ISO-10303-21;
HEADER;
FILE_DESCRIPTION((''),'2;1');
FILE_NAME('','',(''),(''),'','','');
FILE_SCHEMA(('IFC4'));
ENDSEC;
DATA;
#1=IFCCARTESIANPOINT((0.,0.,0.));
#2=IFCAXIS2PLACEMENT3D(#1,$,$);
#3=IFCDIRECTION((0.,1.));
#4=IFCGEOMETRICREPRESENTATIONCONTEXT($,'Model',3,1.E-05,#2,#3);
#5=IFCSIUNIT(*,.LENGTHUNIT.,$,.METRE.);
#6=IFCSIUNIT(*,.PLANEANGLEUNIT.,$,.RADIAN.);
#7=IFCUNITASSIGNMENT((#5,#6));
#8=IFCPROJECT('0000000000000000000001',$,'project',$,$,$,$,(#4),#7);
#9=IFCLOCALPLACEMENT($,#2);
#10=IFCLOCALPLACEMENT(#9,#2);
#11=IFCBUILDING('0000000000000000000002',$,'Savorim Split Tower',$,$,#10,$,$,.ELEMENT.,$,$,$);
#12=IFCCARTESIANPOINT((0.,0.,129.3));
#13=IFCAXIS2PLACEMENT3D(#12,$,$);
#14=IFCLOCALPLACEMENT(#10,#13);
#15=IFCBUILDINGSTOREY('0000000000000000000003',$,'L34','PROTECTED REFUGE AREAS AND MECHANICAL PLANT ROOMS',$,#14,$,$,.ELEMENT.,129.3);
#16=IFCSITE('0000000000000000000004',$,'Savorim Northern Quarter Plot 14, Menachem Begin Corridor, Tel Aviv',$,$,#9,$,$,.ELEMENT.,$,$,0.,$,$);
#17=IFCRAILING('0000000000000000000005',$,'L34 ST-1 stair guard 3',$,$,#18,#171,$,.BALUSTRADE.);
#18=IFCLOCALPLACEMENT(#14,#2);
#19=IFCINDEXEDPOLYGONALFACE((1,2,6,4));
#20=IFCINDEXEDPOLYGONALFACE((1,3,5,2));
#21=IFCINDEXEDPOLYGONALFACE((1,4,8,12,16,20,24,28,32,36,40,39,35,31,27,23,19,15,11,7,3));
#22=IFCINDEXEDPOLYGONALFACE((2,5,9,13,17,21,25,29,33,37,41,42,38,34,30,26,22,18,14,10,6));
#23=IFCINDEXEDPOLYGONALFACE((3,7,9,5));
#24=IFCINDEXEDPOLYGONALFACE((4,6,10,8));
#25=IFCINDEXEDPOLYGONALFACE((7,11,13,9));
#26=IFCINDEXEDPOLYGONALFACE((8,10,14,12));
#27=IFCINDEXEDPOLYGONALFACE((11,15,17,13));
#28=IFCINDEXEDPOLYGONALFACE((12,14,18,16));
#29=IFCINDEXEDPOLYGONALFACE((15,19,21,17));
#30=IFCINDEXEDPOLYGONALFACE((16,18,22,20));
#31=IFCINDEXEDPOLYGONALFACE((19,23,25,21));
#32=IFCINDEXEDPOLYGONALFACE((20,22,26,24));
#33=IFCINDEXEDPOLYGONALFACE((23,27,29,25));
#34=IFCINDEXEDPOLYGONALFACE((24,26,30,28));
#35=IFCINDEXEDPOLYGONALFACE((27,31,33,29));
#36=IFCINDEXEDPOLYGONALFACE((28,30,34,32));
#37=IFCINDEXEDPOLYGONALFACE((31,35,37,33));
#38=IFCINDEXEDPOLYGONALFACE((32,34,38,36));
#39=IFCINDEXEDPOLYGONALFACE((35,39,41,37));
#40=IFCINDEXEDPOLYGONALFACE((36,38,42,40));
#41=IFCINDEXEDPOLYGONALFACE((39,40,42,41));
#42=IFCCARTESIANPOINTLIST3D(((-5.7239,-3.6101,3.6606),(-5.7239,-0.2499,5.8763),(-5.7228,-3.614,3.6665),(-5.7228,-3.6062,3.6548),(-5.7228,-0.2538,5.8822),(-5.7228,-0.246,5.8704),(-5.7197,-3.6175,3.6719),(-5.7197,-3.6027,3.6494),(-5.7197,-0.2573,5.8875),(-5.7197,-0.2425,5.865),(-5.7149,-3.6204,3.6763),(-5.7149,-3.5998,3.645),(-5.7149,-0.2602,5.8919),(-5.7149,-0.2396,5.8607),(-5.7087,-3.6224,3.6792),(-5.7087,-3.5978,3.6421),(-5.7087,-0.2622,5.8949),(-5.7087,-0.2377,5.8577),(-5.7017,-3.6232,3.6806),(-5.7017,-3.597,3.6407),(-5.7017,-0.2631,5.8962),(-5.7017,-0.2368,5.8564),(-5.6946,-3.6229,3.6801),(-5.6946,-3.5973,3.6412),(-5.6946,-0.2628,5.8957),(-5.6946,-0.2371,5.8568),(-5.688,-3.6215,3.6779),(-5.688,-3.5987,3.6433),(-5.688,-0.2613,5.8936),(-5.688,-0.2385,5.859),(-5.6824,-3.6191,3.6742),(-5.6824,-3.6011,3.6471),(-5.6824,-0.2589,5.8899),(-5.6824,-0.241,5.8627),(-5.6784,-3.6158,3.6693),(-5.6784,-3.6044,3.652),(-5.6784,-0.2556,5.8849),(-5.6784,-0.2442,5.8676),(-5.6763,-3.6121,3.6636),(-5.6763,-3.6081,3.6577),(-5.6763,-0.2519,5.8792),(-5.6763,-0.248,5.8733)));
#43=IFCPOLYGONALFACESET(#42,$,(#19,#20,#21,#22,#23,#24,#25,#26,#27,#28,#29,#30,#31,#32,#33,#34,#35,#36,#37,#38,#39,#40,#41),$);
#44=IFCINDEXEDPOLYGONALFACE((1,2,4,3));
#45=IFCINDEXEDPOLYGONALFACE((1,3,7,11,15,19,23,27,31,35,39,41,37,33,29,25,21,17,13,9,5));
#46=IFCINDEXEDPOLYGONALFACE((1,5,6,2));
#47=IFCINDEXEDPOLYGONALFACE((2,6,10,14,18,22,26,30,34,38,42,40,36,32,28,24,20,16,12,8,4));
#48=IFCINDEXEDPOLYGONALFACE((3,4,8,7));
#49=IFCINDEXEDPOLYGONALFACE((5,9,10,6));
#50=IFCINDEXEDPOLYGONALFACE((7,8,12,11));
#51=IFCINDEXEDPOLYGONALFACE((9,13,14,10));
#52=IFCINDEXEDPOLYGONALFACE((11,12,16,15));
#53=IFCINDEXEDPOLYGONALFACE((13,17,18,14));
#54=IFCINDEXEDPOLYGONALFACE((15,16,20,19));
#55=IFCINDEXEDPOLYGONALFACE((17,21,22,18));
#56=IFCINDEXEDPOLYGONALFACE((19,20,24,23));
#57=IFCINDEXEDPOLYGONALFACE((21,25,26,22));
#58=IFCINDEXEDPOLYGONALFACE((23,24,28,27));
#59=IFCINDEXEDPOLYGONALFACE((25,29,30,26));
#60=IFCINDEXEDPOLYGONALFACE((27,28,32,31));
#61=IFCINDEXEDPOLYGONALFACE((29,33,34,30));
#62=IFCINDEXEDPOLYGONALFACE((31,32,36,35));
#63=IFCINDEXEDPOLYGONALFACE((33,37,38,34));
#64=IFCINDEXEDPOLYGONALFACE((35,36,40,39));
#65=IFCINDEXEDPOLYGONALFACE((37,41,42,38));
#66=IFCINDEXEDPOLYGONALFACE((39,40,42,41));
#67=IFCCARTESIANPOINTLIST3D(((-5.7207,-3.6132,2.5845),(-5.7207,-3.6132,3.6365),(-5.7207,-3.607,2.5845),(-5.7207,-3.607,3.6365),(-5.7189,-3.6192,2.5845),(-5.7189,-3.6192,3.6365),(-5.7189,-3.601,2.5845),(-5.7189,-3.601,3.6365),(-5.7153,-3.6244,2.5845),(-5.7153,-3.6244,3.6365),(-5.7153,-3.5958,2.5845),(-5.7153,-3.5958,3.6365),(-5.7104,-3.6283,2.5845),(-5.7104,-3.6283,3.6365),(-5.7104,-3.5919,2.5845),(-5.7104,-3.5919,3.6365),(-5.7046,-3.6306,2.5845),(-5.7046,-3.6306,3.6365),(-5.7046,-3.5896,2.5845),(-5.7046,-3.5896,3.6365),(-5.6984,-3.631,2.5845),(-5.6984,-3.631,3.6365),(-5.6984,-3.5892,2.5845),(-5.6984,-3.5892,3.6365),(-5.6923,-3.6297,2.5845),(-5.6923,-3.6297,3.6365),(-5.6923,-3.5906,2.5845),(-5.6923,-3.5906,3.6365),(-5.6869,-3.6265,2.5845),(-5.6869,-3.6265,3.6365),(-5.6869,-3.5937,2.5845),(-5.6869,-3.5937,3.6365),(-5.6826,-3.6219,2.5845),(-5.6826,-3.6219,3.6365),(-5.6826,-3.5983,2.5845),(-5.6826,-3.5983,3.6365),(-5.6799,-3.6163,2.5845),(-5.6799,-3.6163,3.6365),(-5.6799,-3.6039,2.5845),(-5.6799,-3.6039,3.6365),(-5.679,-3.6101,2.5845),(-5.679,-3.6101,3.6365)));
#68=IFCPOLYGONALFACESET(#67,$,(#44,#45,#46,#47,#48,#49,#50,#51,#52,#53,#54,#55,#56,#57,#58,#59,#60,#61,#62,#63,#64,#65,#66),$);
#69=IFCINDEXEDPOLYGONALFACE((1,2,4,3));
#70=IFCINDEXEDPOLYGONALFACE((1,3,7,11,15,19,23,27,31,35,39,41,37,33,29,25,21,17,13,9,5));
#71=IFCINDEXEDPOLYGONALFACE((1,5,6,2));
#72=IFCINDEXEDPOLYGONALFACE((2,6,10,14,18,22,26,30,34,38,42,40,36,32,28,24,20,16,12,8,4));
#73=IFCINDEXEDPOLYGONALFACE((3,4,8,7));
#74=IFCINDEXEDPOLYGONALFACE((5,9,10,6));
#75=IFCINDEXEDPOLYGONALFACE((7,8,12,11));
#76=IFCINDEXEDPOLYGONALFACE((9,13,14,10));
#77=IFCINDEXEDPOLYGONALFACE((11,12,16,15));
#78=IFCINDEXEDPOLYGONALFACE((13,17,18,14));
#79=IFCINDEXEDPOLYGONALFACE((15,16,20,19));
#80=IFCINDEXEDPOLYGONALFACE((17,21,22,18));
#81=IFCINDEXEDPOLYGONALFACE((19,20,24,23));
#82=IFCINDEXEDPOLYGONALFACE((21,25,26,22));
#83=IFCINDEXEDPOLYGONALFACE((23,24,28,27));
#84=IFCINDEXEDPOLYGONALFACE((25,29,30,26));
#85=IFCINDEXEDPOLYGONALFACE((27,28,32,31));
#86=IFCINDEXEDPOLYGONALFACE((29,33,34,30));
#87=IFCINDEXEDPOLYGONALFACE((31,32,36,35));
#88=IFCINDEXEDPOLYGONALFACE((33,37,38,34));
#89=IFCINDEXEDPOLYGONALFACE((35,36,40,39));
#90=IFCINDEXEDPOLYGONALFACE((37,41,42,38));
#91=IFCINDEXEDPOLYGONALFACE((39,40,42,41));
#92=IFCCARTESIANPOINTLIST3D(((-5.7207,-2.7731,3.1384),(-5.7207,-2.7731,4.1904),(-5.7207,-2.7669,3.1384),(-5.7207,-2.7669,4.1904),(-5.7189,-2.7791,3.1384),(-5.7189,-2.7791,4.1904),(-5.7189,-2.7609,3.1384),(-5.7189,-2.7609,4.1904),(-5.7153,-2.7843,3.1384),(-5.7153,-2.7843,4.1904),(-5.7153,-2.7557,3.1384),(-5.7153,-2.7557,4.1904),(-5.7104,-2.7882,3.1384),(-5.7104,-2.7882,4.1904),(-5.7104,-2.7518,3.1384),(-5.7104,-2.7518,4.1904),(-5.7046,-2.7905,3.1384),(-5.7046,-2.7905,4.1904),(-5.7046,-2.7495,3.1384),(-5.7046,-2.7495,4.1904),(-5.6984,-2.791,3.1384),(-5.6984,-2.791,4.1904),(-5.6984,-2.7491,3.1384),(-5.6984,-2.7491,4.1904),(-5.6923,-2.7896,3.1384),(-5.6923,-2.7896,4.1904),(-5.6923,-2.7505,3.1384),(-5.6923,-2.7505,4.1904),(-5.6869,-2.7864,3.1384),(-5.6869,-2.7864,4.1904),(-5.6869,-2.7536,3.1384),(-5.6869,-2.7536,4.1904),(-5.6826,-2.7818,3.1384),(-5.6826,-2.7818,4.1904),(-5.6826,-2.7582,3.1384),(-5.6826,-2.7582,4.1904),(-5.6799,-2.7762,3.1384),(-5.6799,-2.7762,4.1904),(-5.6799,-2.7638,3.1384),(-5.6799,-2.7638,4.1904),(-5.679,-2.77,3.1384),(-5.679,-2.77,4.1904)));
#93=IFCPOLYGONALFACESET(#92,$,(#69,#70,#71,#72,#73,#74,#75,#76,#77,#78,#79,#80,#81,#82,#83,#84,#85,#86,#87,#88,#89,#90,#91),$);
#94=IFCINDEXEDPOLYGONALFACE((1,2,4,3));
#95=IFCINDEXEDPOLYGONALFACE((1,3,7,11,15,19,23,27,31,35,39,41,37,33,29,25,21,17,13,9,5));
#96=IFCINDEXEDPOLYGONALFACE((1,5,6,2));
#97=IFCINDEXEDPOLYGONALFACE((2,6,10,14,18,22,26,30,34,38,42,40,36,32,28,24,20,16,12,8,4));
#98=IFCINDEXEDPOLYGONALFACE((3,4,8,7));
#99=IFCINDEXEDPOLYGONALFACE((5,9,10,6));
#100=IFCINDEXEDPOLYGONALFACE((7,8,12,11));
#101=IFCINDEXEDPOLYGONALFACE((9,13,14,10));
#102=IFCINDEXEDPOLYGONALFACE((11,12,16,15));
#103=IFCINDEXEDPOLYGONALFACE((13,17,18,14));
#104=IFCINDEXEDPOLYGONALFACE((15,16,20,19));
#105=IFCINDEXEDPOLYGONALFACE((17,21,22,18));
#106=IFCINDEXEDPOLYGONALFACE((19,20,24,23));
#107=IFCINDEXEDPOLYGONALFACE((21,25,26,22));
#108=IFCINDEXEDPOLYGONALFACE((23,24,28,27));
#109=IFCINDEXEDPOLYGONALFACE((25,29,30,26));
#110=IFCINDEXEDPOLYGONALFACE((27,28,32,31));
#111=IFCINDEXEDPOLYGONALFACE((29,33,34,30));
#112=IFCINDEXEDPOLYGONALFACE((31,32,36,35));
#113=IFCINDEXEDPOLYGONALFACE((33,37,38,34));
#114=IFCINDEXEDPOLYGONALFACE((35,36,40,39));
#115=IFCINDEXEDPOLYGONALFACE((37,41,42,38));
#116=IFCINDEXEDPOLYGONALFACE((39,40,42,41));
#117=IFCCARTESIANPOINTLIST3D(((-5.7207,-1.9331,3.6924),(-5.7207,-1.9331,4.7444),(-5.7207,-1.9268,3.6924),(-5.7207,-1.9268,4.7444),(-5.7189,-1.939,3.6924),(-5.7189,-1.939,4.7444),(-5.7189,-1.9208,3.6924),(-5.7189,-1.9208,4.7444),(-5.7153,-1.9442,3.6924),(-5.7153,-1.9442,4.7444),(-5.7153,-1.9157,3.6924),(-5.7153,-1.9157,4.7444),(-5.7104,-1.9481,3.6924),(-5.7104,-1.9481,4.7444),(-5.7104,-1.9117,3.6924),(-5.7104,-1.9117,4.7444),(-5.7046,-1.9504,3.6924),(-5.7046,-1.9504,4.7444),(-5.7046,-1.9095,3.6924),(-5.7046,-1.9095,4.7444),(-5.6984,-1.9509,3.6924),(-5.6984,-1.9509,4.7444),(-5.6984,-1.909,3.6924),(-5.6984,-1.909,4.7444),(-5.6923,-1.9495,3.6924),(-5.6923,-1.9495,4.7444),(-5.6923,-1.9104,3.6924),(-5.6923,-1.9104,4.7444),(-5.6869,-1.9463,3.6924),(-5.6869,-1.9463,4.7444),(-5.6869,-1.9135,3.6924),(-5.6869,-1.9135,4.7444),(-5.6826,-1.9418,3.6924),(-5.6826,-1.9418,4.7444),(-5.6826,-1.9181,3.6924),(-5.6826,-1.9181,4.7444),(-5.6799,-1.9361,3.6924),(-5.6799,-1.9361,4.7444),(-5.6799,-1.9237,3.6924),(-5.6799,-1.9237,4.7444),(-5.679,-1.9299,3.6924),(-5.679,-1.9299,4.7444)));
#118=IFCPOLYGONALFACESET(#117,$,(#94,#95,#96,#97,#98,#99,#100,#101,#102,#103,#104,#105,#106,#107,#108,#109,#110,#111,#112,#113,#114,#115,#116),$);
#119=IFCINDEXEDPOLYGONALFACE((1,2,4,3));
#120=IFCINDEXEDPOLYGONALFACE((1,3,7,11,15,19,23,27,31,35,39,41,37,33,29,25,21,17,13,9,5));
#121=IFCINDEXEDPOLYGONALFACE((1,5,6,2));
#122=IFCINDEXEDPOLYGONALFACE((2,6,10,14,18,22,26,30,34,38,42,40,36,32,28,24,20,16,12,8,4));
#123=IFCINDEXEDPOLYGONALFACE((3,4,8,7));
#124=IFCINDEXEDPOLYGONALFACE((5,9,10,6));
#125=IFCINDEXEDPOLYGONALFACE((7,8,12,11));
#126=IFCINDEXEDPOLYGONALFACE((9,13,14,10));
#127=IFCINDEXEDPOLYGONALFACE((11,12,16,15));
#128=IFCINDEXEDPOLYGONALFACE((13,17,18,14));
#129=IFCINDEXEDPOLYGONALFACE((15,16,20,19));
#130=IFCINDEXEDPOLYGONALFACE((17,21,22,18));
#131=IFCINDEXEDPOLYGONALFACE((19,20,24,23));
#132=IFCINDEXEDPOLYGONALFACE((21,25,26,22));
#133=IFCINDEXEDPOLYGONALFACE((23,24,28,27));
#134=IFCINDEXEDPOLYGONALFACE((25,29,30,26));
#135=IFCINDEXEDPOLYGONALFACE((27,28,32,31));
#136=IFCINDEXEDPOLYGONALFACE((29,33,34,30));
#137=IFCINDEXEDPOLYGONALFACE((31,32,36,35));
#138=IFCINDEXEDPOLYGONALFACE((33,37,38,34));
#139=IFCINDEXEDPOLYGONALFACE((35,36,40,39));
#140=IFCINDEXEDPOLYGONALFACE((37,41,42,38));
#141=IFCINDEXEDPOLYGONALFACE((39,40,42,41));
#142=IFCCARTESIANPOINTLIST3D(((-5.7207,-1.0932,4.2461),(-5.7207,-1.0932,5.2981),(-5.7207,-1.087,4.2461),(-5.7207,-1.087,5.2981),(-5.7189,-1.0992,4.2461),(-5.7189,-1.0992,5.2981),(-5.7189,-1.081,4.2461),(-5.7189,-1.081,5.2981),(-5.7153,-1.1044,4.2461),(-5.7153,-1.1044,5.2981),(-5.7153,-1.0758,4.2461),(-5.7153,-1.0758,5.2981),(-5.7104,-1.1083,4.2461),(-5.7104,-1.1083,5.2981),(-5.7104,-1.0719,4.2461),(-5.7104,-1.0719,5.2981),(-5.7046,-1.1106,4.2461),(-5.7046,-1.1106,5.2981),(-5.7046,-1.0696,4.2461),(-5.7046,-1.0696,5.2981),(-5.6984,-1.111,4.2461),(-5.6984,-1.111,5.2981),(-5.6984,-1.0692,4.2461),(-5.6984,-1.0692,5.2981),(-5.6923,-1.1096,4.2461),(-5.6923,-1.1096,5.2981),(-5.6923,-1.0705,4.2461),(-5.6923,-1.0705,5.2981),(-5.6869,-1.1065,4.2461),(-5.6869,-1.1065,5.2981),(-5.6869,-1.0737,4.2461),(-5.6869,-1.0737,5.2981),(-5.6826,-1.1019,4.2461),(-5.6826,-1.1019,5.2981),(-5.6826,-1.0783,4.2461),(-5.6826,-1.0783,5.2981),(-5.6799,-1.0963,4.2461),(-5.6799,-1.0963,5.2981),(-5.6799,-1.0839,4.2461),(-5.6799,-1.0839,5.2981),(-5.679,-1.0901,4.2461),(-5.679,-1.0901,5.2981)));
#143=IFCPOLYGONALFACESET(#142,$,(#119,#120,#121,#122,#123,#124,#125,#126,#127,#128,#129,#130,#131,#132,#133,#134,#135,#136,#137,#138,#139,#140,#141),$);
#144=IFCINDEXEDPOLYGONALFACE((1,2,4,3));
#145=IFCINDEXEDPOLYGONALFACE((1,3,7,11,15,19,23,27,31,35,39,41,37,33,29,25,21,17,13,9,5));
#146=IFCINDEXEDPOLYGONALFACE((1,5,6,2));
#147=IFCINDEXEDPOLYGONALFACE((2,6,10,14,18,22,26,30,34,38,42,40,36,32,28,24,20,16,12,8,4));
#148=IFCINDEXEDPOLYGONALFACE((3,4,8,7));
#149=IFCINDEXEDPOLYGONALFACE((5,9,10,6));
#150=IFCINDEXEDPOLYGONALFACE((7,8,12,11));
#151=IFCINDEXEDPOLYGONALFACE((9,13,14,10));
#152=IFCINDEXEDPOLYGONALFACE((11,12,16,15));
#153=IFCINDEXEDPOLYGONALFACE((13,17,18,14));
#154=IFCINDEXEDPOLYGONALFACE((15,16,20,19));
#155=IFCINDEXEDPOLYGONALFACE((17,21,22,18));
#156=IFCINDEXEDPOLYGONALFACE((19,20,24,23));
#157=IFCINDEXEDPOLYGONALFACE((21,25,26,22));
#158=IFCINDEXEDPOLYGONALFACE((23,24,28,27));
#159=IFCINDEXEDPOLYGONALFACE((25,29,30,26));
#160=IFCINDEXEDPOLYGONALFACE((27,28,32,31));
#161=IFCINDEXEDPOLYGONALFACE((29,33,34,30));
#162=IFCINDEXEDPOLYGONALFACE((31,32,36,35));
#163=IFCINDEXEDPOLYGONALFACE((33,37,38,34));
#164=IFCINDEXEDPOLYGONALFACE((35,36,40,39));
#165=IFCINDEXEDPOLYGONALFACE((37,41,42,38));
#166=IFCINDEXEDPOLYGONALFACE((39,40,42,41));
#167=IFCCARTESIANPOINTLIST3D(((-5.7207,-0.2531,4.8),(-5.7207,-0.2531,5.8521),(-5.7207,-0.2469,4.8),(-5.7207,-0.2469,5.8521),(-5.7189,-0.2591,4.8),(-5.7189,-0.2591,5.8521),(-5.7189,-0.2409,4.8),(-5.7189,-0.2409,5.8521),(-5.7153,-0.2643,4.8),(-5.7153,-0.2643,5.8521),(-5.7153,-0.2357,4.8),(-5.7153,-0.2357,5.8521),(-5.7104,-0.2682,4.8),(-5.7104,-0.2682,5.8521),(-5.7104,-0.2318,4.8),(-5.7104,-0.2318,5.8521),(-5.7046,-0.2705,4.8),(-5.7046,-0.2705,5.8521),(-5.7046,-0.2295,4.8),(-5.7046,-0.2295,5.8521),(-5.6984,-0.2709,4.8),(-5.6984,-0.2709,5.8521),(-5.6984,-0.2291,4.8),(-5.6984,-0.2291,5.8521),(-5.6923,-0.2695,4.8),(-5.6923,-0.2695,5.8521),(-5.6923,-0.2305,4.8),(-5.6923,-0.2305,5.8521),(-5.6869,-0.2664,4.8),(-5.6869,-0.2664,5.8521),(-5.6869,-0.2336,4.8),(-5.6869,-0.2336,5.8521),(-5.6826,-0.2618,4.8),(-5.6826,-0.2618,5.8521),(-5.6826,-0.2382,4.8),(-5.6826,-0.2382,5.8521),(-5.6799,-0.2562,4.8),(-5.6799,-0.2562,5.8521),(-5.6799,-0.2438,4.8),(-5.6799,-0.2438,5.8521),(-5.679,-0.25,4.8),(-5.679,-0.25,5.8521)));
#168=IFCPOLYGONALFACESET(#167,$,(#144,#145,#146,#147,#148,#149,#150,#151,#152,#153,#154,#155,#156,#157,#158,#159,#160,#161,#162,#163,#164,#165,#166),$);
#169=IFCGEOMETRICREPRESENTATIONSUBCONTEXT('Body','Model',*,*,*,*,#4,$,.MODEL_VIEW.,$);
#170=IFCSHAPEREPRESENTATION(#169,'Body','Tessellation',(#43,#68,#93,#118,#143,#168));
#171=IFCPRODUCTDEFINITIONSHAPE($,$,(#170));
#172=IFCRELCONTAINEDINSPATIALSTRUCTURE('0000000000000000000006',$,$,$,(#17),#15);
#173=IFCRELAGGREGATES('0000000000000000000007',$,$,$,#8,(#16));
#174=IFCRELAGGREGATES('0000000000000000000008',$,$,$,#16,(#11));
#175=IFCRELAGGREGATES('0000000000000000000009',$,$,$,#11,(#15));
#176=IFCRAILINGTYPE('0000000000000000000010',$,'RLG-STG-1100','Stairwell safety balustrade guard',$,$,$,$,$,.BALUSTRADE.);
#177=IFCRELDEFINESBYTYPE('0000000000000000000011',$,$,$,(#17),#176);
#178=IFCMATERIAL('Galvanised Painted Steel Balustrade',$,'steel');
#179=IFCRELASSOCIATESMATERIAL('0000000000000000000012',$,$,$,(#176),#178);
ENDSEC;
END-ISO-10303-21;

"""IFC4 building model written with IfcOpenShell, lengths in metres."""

from ifc_helpers import new_model, si_unit, direction, frame, origin, origin_2d, place, context, subcontext, project, spatial, circle, extrude, material, type_object, element, save


model = new_model("IFC4")

# Units and contexts
model_context = context("Model", 3, precision=1e-05, world=origin(), true_north=direction((0.0, 1.0)))
body_context = subcontext(model_context, "Body", "Model", "MODEL_VIEW")
ifc_project = project(units=[si_unit("LENGTHUNIT", "METRE"), si_unit("PLANEANGLEUNIT", "RADIAN")], contexts=[model_context])

# Site, building, storey
site_placement = place(None, origin())
site = spatial("IfcSite", under=ifc_project, at=site_placement, Name="Savorim Northern Quarter Plot 14, Menachem Begin Corridor, Tel Aviv", CompositionType="ELEMENT", RefElevation=0.0)
building_placement = place(site_placement, origin())
building = spatial("IfcBuilding", under=site, at=building_placement, Name="Savorim Split Tower", CompositionType="ELEMENT")
storey_placement = place(building_placement, frame((0.0, 0.0, 129.3)))
storey = spatial("IfcBuildingStorey", under=building, at=storey_placement, Name="L34", Description="PROTECTED REFUGE AREAS AND MECHANICAL PLANT ROOMS", CompositionType="ELEMENT", Elevation=129.3)

# Railing
ifc_material_1 = material(Name="Galvanised Painted Steel Balustrade", Category="steel")
railing_type_1 = type_object("IfcRailingType", Name="RLG-STG-1100", Description="Stairwell safety balustrade guard", PredefinedType="BALUSTRADE", material=ifc_material_1)
railing_1_placement = place(storey_placement, frame((-5.7, -3.6101, 2.5845)))
element("IfcRailing", 1, at=railing_1_placement, inside=storey, type_object=railing_type_1, Name="L34 ST-1 stair guard 3", PredefinedType="BALUSTRADE", context=body_context, shape_type="SweptSolid", body=[
    extrude(circle(Radius=0.0239, at=origin_2d()), frame((0.0, 0.0, 1.0762), z_axis=(0.0, 0.834849, 0.55048), x_axis=(-1.0, 0.0, 0.0)), (0.0, 0.0, 1.0), 4.0249),
    extrude(circle(Radius=0.021, at=origin_2d()), origin(), (0.0, 0.0, 1.0), 1.052),
    extrude(circle(Radius=0.021, at=origin_2d()), frame((0.0, 0.8401, 0.554)), (0.0, 0.0, 1.0), 1.052),
    extrude(circle(Radius=0.021, at=origin_2d()), frame((0.0, 1.6802, 1.1079)), (0.0, 0.0, 1.0), 1.052),
    extrude(circle(Radius=0.021, at=origin_2d()), frame((0.0, 2.52, 1.6616)), (0.0, 0.0, 1.0), 1.052),
    extrude(circle(Radius=0.021, at=origin_2d()), frame((0.0, 3.3601, 2.2156)), (0.0, 0.0, 1.0), 1.052),
])

save(model, "model.ifc")
